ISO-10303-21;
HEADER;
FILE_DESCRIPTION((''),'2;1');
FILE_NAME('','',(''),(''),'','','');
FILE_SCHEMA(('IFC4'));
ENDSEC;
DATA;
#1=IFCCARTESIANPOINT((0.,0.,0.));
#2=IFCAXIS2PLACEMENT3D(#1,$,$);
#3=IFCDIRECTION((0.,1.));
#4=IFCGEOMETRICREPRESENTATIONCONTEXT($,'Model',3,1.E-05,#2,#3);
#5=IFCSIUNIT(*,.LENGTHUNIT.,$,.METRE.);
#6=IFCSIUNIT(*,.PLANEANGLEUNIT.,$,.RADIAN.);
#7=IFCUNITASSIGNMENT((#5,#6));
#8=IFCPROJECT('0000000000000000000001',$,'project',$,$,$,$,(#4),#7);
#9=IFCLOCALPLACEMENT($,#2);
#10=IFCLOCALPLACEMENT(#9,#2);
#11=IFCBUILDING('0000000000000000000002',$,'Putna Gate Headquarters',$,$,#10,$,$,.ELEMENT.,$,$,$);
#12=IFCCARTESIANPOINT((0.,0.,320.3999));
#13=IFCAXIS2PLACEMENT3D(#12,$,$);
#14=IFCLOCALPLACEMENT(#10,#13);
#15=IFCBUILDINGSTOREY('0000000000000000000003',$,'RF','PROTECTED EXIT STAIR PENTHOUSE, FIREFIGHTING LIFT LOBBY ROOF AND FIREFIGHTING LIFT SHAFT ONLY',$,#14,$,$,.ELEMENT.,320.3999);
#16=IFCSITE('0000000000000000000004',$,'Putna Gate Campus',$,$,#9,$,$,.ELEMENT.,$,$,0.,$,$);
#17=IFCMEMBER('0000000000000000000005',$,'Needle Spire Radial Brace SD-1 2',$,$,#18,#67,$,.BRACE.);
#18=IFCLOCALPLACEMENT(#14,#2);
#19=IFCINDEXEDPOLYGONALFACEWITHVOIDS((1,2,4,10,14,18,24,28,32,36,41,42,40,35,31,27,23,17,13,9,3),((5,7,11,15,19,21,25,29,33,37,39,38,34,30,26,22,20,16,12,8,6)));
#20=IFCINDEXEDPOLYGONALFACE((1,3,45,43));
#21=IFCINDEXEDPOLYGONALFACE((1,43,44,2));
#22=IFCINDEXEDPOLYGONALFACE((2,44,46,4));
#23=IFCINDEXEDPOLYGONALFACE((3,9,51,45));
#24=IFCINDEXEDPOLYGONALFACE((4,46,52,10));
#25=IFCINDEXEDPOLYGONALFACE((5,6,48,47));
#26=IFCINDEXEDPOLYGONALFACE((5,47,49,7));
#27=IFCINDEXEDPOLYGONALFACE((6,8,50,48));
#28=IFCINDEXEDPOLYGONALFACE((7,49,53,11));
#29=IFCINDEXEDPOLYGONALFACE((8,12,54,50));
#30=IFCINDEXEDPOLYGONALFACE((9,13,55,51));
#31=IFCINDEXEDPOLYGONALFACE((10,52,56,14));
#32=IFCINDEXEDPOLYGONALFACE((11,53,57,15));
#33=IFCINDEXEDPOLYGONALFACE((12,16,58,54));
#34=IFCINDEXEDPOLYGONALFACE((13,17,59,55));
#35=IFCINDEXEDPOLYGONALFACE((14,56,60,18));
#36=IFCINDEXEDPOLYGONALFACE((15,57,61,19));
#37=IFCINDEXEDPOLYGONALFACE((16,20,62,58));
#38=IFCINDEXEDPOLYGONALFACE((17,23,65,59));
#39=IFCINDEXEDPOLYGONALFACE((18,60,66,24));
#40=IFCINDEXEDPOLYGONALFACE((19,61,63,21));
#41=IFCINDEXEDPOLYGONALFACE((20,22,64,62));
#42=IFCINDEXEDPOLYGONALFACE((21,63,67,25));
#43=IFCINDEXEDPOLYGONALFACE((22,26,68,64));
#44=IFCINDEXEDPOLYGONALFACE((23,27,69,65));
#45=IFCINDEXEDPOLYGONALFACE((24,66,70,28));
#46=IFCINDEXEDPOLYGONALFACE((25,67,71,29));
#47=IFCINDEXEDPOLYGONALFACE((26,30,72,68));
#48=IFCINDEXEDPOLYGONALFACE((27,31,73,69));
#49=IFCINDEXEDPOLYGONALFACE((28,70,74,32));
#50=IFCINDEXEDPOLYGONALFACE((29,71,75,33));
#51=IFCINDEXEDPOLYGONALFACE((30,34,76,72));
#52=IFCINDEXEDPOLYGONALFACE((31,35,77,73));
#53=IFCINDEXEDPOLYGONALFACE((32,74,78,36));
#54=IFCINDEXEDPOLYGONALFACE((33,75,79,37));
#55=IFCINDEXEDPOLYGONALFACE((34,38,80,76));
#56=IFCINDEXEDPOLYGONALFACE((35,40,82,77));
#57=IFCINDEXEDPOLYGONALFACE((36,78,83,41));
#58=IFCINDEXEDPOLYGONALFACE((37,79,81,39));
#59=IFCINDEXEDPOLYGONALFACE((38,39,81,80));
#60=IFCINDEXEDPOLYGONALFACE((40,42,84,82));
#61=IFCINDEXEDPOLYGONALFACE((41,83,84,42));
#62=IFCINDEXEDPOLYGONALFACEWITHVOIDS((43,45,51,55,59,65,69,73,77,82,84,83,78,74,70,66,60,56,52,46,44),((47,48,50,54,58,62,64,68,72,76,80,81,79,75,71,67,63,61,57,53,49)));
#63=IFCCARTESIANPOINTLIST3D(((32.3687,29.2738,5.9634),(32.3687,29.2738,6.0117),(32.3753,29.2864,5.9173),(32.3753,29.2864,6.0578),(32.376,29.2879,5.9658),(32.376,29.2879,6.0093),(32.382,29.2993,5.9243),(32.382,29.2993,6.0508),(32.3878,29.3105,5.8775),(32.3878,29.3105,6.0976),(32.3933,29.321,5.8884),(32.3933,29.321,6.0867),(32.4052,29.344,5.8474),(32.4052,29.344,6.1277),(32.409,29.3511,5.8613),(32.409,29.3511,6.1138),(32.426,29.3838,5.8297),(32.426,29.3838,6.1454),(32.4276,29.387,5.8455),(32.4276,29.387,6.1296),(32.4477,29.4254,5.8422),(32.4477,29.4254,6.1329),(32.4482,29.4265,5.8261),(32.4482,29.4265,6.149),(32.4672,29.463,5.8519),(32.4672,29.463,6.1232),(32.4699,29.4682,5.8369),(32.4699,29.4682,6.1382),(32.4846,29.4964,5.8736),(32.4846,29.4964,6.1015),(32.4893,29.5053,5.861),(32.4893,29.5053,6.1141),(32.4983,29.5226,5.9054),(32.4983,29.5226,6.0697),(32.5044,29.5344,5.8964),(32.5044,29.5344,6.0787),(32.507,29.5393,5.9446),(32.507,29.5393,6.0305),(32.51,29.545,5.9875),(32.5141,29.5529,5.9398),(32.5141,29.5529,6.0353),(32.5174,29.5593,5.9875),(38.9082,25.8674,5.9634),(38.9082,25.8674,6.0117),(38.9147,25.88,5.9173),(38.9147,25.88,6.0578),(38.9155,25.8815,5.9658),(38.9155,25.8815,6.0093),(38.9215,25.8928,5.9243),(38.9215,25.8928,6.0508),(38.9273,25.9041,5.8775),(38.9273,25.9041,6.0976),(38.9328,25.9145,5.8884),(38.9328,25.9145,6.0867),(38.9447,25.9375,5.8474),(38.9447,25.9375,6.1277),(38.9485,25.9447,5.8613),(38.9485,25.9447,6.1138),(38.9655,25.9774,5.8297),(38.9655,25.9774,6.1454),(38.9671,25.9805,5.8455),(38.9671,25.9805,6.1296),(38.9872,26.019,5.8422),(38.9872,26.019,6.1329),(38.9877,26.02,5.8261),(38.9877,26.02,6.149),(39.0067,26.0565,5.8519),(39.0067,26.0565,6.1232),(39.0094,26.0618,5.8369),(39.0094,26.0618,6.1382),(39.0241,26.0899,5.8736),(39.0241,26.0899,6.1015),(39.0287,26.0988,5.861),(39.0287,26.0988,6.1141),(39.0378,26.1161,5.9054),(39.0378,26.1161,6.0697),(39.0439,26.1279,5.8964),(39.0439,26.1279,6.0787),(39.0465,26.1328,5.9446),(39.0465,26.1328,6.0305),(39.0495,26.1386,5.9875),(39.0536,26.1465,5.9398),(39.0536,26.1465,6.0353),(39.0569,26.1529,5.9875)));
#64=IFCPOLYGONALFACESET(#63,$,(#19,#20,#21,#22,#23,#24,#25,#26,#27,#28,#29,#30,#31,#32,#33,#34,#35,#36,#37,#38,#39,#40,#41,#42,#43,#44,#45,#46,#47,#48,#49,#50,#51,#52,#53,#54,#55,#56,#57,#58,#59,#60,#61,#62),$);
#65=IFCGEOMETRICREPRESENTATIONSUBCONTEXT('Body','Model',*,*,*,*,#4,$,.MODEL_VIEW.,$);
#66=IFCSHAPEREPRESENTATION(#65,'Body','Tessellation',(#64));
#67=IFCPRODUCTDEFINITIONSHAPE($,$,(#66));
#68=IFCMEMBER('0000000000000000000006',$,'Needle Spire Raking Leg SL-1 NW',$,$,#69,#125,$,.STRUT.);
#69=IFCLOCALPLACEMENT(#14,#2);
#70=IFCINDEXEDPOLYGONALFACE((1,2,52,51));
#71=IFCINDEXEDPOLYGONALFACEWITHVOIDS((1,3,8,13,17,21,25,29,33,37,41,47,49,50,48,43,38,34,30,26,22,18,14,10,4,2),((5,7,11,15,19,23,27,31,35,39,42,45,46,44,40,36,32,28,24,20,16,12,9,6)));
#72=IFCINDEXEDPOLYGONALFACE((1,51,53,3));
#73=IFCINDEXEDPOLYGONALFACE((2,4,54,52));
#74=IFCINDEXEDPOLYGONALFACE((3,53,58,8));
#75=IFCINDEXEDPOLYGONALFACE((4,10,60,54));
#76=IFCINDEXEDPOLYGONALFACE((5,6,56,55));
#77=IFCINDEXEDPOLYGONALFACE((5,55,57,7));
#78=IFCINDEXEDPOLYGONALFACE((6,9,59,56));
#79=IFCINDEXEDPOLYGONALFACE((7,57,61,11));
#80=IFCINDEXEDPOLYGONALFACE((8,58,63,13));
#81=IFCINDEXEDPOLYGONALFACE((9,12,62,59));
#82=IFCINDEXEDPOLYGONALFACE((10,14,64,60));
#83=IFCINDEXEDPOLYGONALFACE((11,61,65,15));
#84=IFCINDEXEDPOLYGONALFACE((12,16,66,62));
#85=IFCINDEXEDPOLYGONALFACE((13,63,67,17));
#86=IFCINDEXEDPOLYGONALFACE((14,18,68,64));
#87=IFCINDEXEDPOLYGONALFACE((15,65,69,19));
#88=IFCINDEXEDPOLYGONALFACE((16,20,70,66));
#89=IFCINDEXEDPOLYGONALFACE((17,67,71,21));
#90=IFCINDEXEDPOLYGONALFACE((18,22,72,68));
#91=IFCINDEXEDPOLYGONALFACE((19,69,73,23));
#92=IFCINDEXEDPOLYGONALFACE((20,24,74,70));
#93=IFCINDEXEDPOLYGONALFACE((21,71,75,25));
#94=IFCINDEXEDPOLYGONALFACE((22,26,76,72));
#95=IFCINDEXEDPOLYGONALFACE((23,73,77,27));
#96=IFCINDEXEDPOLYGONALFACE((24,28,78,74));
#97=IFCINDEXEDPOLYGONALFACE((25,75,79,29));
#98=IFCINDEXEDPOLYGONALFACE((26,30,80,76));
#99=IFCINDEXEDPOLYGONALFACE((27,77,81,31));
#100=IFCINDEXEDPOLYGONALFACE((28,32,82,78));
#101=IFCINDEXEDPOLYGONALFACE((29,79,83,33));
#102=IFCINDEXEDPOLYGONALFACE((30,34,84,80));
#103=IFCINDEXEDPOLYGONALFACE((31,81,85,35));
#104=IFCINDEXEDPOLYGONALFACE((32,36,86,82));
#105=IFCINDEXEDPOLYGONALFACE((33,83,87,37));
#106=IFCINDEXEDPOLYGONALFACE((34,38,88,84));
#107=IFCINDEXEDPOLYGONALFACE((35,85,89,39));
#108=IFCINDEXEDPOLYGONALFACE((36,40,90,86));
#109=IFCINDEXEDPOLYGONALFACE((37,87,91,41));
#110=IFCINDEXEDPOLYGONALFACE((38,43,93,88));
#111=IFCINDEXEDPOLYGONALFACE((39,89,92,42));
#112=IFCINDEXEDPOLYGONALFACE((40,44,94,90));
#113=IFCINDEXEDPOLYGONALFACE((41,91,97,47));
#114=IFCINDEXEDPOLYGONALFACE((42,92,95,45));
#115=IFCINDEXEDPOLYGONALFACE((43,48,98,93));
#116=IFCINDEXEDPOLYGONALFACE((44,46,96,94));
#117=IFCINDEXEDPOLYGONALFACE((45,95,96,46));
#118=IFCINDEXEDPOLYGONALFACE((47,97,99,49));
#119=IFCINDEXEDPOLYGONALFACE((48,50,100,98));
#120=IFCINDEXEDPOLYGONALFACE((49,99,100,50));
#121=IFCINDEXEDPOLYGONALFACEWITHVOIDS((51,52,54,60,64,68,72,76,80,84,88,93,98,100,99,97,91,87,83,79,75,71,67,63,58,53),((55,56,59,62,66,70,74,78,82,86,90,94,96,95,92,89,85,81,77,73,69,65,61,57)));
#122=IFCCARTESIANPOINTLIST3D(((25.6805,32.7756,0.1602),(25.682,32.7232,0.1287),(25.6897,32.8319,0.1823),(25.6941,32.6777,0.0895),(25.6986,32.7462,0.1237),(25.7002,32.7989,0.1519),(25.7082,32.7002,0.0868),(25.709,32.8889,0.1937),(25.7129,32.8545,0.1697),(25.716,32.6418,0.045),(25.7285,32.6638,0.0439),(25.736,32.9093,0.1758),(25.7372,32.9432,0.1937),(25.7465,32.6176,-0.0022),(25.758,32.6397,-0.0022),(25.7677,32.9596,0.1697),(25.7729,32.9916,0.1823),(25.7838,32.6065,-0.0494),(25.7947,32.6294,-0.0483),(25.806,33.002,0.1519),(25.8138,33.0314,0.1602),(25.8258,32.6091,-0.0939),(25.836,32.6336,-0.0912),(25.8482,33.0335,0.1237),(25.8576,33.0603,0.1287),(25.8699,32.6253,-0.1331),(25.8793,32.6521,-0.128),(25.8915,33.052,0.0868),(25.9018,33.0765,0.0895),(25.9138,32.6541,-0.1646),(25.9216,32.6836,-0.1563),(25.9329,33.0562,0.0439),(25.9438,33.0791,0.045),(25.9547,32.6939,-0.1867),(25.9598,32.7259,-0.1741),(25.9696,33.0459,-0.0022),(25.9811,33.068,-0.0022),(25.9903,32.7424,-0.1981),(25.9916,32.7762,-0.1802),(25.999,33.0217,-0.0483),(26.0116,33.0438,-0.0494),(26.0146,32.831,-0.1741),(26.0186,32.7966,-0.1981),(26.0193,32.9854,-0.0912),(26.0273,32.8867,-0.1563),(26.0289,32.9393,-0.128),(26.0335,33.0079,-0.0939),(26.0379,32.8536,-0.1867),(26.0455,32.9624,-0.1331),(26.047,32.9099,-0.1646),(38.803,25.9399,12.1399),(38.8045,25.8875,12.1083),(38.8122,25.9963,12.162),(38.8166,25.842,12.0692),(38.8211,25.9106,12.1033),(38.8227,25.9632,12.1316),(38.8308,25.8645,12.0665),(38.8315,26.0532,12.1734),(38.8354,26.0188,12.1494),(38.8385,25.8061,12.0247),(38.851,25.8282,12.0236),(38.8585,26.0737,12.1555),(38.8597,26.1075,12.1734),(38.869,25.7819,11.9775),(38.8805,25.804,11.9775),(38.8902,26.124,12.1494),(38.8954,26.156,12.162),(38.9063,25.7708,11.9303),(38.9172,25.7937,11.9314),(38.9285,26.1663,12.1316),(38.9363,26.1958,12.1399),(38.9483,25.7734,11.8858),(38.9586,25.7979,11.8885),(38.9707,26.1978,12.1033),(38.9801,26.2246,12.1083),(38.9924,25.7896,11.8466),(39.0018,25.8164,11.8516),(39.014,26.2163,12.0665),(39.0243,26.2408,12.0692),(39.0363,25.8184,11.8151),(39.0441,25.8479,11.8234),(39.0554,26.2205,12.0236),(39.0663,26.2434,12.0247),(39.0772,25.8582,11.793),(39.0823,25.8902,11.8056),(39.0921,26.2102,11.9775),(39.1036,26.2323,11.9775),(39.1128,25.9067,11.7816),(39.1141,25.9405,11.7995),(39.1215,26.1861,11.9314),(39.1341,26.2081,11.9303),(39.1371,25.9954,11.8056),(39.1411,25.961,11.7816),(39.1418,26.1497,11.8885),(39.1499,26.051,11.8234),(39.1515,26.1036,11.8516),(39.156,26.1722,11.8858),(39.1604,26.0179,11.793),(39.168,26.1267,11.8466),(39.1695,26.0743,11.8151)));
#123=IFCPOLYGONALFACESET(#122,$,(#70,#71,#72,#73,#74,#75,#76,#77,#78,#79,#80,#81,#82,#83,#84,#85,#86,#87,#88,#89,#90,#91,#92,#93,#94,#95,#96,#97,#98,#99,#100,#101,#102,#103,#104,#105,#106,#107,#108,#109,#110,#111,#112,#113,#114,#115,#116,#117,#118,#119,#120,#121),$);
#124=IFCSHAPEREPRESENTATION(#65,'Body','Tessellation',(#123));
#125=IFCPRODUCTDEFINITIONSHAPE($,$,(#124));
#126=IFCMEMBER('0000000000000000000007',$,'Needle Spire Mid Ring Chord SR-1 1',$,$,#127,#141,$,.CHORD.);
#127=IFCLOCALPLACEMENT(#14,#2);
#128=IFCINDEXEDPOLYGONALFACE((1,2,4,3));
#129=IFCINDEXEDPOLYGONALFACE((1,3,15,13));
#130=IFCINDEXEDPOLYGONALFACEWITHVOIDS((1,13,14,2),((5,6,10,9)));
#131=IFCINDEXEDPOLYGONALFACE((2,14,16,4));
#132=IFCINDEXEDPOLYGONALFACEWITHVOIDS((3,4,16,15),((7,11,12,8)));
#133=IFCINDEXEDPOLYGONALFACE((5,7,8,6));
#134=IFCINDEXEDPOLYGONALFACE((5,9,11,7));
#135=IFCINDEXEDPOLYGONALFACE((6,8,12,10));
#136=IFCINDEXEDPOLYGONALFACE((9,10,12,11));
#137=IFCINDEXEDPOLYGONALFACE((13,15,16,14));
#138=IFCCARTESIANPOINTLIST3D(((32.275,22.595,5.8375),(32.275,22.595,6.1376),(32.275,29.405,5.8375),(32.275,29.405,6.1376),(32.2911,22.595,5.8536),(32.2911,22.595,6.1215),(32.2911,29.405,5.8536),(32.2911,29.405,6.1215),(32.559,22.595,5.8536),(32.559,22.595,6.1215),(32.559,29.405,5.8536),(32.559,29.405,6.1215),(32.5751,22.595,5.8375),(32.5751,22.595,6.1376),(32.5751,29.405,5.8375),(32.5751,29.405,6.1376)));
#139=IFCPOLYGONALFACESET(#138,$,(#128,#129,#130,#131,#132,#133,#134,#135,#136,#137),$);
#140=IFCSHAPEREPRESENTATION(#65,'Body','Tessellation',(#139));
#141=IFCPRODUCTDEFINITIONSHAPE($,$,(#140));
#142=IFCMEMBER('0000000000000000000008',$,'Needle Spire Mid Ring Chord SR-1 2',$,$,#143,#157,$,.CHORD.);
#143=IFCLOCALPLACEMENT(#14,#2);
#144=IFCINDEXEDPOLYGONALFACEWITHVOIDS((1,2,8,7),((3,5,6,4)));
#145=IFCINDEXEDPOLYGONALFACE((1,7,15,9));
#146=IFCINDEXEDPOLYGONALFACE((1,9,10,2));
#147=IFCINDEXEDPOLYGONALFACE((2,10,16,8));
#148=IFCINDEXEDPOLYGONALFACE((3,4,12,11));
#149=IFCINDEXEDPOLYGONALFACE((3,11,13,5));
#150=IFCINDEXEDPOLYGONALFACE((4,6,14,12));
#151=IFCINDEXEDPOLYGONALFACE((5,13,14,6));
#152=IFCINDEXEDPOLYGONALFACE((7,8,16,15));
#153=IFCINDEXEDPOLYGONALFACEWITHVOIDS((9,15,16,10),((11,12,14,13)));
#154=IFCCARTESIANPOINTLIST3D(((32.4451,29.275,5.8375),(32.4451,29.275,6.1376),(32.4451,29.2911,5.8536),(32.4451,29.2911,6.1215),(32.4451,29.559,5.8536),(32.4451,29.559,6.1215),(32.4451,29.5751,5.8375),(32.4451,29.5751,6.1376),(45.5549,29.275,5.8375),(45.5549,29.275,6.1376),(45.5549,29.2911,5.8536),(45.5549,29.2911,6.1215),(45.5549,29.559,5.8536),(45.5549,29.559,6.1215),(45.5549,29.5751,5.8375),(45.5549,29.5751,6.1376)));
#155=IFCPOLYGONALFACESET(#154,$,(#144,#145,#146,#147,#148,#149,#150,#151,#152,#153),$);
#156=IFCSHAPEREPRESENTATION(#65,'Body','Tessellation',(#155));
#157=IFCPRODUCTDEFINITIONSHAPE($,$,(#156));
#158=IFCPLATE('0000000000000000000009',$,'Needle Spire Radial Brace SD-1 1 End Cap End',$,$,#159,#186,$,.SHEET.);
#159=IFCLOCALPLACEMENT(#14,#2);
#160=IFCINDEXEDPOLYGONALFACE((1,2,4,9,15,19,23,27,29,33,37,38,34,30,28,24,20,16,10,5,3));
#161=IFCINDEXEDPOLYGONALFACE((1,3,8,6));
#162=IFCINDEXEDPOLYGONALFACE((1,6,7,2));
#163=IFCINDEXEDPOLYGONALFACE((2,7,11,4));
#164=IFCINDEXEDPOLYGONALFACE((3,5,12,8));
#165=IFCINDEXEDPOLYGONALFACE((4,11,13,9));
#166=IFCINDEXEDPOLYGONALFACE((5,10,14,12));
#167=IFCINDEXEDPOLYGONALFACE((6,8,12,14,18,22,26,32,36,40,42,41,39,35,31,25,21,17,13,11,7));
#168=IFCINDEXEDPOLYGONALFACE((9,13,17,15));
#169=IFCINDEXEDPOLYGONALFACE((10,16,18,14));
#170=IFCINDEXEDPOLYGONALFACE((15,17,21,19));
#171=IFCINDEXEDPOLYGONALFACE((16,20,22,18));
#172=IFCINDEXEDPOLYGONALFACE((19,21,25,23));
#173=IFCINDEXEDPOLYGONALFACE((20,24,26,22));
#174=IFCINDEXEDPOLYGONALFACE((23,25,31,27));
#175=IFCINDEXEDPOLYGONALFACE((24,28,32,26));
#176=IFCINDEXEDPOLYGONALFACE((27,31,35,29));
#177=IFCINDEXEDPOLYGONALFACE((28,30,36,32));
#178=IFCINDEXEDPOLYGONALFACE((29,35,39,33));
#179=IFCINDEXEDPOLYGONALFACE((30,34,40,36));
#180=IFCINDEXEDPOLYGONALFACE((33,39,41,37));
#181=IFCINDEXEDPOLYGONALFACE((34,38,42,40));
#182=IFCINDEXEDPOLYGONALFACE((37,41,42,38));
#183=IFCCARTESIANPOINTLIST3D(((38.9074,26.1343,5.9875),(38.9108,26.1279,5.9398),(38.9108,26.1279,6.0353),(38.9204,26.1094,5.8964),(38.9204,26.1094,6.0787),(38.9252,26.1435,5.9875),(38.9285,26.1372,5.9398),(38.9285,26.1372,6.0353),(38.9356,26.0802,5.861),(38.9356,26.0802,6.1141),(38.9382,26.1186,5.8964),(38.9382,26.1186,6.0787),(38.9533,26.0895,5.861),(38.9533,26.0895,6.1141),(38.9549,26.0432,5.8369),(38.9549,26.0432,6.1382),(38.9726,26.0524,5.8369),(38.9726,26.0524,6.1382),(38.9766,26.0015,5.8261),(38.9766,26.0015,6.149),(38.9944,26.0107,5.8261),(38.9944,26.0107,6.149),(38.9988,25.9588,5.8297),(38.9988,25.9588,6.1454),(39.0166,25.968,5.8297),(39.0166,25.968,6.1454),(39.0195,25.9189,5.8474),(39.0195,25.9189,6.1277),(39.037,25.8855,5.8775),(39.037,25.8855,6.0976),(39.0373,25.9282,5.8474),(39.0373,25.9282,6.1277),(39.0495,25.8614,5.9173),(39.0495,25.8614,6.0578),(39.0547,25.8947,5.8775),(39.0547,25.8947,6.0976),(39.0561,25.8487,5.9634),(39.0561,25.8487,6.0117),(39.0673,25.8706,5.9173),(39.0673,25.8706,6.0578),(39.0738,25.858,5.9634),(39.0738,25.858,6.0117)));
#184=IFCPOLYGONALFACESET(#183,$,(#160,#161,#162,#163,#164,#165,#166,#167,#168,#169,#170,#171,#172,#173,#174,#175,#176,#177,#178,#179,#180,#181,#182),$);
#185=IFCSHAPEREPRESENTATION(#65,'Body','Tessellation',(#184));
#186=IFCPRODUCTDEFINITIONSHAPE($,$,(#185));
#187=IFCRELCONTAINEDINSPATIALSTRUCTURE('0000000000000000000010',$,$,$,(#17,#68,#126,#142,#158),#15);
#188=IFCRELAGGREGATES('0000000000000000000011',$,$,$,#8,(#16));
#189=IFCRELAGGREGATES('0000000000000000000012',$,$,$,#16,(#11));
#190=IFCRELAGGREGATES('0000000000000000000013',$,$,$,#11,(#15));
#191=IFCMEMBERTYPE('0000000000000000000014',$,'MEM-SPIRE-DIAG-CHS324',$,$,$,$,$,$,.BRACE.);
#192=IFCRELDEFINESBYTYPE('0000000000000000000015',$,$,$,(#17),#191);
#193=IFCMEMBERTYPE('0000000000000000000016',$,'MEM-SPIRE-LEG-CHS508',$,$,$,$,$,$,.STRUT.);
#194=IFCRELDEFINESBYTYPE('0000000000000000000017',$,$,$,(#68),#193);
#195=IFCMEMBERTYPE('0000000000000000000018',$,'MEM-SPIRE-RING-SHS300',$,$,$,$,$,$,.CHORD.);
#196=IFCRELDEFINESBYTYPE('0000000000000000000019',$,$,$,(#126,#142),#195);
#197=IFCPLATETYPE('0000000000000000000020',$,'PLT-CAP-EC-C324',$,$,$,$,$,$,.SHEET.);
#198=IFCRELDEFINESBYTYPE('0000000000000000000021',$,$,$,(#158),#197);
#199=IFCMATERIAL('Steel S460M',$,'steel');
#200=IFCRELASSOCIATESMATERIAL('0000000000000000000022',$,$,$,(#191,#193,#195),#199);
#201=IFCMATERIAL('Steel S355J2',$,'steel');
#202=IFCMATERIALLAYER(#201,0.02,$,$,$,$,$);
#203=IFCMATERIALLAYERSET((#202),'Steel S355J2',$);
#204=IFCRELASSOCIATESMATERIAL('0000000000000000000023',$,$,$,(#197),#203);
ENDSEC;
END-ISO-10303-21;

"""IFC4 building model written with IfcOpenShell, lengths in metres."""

from ifc_helpers import new_model, si_unit, direction, frame, origin, origin_2d, place, context, subcontext, project, spatial, hollow_rectangle, circle, hollow_circle, extrude, material, layer, layer_set, material_profile, profile_set, type_object, element, save


model = new_model("IFC4")

# Units and contexts
model_context = context("Model", 3, precision=1e-05, world=origin(), true_north=direction((0.0, 1.0)))
body_context = subcontext(model_context, "Body", "Model", "MODEL_VIEW")
ifc_project = project(units=[si_unit("LENGTHUNIT", "METRE"), si_unit("PLANEANGLEUNIT", "RADIAN")], contexts=[model_context])

# Site, building, storey
site_placement = place(None, origin())
site = spatial("IfcSite", under=ifc_project, at=site_placement, Name="Putna Gate Campus", CompositionType="ELEMENT", RefElevation=0.0)
building_placement = place(site_placement, origin())
building = spatial("IfcBuilding", under=site, at=building_placement, Name="Putna Gate Headquarters", CompositionType="ELEMENT")
storey_placement = place(building_placement, frame((0.0, 0.0, 320.3999)))
storey = spatial("IfcBuildingStorey", under=building, at=storey_placement, Name="RF", Description="PROTECTED EXIT STAIR PENTHOUSE, FIREFIGHTING LIFT LOBBY ROOF AND FIREFIGHTING LIFT SHAFT ONLY", CompositionType="ELEMENT", Elevation=320.3999)

# Members
ifc_material_1 = material(Name="Steel S460M", Category="steel")
ifc_material_profile_1 = material_profile(ifc_material_1, hollow_circle(Radius=0.1619, WallThickness=0.0161, at=origin_2d()), Name="Steel S460M")
ifc_profile_set_1 = profile_set([ifc_material_profile_1], Name="Steel S460M")
member_type_1 = type_object("IfcMemberType", Name="MEM-SPIRE-DIAG-CHS324", PredefinedType="BRACE", material=ifc_profile_set_1)
member_1_placement = place(storey_placement, frame((32.4426, 29.4158, 5.9875), z_axis=(0.886888, -0.461985, 0.0), x_axis=(0.461985, 0.886888, 0.0)))
element("IfcMember", 1, at=member_1_placement, inside=storey, type_object=member_type_1, Name="Needle Spire Radial Brace SD-1 2", PredefinedType="BRACE", context=body_context, shape_type="SweptSolid", body=[
    extrude(hollow_circle(Radius=0.1619, WallThickness=0.0161, at=origin_2d()), origin(), (0.0, 0.0, 1.0), 7.3735),
])
ifc_material_profile_2 = material_profile(ifc_material_1, hollow_circle(Radius=0.2539, WallThickness=0.0249, at=origin_2d()), Name="Steel S460M")
ifc_profile_set_2 = profile_set([ifc_material_profile_2], Name="Steel S460M")
member_type_2 = type_object("IfcMemberType", Name="MEM-SPIRE-LEG-CHS508", PredefinedType="STRUT", material=ifc_profile_set_2)
member_2_placement = place(storey_placement, frame((25.8638, 32.8428, -0.0022), z_axis=(0.689285, -0.359057, 0.629257), x_axis=(0.461989, 0.886886, 0.0)))
element("IfcMember", 2, at=member_2_placement, inside=storey, type_object=member_type_2, Name="Needle Spire Raking Leg SL-1 NW", PredefinedType="STRUT", context=body_context, shape_type="SweptSolid", body=[
    extrude(hollow_circle(Radius=0.2539, WallThickness=0.0249, at=origin_2d()), origin(), (0.0, 0.0, 1.0), 19.0378),
])
ifc_material_profile_3 = material_profile(ifc_material_1, hollow_rectangle(XDim=0.3, YDim=0.3, WallThickness=0.0161, at=origin_2d()), Name="Steel S460M")
ifc_profile_set_3 = profile_set([ifc_material_profile_3], Name="Steel S460M")
member_type_3 = type_object("IfcMemberType", Name="MEM-SPIRE-RING-SHS300", PredefinedType="CHORD", material=ifc_profile_set_3)
member_3_placement = place(storey_placement, frame((32.425, 22.595, 5.9875), z_axis=(0.0, 1.0, 0.0), x_axis=(-1.0, 0.0, 0.0)))
element("IfcMember", 3, at=member_3_placement, inside=storey, type_object=member_type_3, Name="Needle Spire Mid Ring Chord SR-1 1", PredefinedType="CHORD", context=body_context, shape_type="SweptSolid", body=[
    extrude(hollow_rectangle(XDim=0.3, YDim=0.3, WallThickness=0.0161, at=origin_2d()), origin(), (0.0, 0.0, 1.0), 6.8101),
])
member_4_placement = place(storey_placement, frame((32.4451, 29.425, 5.9875), z_axis=(1.0, 0.0, 0.0), x_axis=(0.0, 1.0, 0.0)))
element("IfcMember", 4, at=member_4_placement, inside=storey, type_object=member_type_3, Name="Needle Spire Mid Ring Chord SR-1 2", PredefinedType="CHORD", context=body_context, shape_type="SweptSolid", body=[
    extrude(hollow_rectangle(XDim=0.3, YDim=0.3, WallThickness=0.0161, at=origin_2d()), origin(), (0.0, 0.0, 1.0), 13.1099),
])

# Plate
ifc_material_2 = material(Name="Steel S355J2", Category="steel")
ifc_layer_1 = layer(ifc_material_2, 0.02)
ifc_layer_set_1 = layer_set([ifc_layer_1], Name="Steel S355J2")
plate_type_1 = type_object("IfcPlateType", Name="PLT-CAP-EC-C324", PredefinedType="SHEET", material=ifc_layer_set_1)
plate_1_placement = place(storey_placement, frame((38.9822, 25.9907, 5.9875), z_axis=(0.887018, 0.461735, 0.0), x_axis=(-0.461735, 0.887018, 0.0)))
element("IfcPlate", 5, at=plate_1_placement, inside=storey, type_object=plate_type_1, Name="Needle Spire Radial Brace SD-1 1 End Cap End", PredefinedType="SHEET", context=body_context, shape_type="SweptSolid", body=[
    extrude(circle(Radius=0.1619, at=origin_2d()), origin(), (0.0, 0.0, 1.0), 0.02),
])

save(model, "model.ifc")
